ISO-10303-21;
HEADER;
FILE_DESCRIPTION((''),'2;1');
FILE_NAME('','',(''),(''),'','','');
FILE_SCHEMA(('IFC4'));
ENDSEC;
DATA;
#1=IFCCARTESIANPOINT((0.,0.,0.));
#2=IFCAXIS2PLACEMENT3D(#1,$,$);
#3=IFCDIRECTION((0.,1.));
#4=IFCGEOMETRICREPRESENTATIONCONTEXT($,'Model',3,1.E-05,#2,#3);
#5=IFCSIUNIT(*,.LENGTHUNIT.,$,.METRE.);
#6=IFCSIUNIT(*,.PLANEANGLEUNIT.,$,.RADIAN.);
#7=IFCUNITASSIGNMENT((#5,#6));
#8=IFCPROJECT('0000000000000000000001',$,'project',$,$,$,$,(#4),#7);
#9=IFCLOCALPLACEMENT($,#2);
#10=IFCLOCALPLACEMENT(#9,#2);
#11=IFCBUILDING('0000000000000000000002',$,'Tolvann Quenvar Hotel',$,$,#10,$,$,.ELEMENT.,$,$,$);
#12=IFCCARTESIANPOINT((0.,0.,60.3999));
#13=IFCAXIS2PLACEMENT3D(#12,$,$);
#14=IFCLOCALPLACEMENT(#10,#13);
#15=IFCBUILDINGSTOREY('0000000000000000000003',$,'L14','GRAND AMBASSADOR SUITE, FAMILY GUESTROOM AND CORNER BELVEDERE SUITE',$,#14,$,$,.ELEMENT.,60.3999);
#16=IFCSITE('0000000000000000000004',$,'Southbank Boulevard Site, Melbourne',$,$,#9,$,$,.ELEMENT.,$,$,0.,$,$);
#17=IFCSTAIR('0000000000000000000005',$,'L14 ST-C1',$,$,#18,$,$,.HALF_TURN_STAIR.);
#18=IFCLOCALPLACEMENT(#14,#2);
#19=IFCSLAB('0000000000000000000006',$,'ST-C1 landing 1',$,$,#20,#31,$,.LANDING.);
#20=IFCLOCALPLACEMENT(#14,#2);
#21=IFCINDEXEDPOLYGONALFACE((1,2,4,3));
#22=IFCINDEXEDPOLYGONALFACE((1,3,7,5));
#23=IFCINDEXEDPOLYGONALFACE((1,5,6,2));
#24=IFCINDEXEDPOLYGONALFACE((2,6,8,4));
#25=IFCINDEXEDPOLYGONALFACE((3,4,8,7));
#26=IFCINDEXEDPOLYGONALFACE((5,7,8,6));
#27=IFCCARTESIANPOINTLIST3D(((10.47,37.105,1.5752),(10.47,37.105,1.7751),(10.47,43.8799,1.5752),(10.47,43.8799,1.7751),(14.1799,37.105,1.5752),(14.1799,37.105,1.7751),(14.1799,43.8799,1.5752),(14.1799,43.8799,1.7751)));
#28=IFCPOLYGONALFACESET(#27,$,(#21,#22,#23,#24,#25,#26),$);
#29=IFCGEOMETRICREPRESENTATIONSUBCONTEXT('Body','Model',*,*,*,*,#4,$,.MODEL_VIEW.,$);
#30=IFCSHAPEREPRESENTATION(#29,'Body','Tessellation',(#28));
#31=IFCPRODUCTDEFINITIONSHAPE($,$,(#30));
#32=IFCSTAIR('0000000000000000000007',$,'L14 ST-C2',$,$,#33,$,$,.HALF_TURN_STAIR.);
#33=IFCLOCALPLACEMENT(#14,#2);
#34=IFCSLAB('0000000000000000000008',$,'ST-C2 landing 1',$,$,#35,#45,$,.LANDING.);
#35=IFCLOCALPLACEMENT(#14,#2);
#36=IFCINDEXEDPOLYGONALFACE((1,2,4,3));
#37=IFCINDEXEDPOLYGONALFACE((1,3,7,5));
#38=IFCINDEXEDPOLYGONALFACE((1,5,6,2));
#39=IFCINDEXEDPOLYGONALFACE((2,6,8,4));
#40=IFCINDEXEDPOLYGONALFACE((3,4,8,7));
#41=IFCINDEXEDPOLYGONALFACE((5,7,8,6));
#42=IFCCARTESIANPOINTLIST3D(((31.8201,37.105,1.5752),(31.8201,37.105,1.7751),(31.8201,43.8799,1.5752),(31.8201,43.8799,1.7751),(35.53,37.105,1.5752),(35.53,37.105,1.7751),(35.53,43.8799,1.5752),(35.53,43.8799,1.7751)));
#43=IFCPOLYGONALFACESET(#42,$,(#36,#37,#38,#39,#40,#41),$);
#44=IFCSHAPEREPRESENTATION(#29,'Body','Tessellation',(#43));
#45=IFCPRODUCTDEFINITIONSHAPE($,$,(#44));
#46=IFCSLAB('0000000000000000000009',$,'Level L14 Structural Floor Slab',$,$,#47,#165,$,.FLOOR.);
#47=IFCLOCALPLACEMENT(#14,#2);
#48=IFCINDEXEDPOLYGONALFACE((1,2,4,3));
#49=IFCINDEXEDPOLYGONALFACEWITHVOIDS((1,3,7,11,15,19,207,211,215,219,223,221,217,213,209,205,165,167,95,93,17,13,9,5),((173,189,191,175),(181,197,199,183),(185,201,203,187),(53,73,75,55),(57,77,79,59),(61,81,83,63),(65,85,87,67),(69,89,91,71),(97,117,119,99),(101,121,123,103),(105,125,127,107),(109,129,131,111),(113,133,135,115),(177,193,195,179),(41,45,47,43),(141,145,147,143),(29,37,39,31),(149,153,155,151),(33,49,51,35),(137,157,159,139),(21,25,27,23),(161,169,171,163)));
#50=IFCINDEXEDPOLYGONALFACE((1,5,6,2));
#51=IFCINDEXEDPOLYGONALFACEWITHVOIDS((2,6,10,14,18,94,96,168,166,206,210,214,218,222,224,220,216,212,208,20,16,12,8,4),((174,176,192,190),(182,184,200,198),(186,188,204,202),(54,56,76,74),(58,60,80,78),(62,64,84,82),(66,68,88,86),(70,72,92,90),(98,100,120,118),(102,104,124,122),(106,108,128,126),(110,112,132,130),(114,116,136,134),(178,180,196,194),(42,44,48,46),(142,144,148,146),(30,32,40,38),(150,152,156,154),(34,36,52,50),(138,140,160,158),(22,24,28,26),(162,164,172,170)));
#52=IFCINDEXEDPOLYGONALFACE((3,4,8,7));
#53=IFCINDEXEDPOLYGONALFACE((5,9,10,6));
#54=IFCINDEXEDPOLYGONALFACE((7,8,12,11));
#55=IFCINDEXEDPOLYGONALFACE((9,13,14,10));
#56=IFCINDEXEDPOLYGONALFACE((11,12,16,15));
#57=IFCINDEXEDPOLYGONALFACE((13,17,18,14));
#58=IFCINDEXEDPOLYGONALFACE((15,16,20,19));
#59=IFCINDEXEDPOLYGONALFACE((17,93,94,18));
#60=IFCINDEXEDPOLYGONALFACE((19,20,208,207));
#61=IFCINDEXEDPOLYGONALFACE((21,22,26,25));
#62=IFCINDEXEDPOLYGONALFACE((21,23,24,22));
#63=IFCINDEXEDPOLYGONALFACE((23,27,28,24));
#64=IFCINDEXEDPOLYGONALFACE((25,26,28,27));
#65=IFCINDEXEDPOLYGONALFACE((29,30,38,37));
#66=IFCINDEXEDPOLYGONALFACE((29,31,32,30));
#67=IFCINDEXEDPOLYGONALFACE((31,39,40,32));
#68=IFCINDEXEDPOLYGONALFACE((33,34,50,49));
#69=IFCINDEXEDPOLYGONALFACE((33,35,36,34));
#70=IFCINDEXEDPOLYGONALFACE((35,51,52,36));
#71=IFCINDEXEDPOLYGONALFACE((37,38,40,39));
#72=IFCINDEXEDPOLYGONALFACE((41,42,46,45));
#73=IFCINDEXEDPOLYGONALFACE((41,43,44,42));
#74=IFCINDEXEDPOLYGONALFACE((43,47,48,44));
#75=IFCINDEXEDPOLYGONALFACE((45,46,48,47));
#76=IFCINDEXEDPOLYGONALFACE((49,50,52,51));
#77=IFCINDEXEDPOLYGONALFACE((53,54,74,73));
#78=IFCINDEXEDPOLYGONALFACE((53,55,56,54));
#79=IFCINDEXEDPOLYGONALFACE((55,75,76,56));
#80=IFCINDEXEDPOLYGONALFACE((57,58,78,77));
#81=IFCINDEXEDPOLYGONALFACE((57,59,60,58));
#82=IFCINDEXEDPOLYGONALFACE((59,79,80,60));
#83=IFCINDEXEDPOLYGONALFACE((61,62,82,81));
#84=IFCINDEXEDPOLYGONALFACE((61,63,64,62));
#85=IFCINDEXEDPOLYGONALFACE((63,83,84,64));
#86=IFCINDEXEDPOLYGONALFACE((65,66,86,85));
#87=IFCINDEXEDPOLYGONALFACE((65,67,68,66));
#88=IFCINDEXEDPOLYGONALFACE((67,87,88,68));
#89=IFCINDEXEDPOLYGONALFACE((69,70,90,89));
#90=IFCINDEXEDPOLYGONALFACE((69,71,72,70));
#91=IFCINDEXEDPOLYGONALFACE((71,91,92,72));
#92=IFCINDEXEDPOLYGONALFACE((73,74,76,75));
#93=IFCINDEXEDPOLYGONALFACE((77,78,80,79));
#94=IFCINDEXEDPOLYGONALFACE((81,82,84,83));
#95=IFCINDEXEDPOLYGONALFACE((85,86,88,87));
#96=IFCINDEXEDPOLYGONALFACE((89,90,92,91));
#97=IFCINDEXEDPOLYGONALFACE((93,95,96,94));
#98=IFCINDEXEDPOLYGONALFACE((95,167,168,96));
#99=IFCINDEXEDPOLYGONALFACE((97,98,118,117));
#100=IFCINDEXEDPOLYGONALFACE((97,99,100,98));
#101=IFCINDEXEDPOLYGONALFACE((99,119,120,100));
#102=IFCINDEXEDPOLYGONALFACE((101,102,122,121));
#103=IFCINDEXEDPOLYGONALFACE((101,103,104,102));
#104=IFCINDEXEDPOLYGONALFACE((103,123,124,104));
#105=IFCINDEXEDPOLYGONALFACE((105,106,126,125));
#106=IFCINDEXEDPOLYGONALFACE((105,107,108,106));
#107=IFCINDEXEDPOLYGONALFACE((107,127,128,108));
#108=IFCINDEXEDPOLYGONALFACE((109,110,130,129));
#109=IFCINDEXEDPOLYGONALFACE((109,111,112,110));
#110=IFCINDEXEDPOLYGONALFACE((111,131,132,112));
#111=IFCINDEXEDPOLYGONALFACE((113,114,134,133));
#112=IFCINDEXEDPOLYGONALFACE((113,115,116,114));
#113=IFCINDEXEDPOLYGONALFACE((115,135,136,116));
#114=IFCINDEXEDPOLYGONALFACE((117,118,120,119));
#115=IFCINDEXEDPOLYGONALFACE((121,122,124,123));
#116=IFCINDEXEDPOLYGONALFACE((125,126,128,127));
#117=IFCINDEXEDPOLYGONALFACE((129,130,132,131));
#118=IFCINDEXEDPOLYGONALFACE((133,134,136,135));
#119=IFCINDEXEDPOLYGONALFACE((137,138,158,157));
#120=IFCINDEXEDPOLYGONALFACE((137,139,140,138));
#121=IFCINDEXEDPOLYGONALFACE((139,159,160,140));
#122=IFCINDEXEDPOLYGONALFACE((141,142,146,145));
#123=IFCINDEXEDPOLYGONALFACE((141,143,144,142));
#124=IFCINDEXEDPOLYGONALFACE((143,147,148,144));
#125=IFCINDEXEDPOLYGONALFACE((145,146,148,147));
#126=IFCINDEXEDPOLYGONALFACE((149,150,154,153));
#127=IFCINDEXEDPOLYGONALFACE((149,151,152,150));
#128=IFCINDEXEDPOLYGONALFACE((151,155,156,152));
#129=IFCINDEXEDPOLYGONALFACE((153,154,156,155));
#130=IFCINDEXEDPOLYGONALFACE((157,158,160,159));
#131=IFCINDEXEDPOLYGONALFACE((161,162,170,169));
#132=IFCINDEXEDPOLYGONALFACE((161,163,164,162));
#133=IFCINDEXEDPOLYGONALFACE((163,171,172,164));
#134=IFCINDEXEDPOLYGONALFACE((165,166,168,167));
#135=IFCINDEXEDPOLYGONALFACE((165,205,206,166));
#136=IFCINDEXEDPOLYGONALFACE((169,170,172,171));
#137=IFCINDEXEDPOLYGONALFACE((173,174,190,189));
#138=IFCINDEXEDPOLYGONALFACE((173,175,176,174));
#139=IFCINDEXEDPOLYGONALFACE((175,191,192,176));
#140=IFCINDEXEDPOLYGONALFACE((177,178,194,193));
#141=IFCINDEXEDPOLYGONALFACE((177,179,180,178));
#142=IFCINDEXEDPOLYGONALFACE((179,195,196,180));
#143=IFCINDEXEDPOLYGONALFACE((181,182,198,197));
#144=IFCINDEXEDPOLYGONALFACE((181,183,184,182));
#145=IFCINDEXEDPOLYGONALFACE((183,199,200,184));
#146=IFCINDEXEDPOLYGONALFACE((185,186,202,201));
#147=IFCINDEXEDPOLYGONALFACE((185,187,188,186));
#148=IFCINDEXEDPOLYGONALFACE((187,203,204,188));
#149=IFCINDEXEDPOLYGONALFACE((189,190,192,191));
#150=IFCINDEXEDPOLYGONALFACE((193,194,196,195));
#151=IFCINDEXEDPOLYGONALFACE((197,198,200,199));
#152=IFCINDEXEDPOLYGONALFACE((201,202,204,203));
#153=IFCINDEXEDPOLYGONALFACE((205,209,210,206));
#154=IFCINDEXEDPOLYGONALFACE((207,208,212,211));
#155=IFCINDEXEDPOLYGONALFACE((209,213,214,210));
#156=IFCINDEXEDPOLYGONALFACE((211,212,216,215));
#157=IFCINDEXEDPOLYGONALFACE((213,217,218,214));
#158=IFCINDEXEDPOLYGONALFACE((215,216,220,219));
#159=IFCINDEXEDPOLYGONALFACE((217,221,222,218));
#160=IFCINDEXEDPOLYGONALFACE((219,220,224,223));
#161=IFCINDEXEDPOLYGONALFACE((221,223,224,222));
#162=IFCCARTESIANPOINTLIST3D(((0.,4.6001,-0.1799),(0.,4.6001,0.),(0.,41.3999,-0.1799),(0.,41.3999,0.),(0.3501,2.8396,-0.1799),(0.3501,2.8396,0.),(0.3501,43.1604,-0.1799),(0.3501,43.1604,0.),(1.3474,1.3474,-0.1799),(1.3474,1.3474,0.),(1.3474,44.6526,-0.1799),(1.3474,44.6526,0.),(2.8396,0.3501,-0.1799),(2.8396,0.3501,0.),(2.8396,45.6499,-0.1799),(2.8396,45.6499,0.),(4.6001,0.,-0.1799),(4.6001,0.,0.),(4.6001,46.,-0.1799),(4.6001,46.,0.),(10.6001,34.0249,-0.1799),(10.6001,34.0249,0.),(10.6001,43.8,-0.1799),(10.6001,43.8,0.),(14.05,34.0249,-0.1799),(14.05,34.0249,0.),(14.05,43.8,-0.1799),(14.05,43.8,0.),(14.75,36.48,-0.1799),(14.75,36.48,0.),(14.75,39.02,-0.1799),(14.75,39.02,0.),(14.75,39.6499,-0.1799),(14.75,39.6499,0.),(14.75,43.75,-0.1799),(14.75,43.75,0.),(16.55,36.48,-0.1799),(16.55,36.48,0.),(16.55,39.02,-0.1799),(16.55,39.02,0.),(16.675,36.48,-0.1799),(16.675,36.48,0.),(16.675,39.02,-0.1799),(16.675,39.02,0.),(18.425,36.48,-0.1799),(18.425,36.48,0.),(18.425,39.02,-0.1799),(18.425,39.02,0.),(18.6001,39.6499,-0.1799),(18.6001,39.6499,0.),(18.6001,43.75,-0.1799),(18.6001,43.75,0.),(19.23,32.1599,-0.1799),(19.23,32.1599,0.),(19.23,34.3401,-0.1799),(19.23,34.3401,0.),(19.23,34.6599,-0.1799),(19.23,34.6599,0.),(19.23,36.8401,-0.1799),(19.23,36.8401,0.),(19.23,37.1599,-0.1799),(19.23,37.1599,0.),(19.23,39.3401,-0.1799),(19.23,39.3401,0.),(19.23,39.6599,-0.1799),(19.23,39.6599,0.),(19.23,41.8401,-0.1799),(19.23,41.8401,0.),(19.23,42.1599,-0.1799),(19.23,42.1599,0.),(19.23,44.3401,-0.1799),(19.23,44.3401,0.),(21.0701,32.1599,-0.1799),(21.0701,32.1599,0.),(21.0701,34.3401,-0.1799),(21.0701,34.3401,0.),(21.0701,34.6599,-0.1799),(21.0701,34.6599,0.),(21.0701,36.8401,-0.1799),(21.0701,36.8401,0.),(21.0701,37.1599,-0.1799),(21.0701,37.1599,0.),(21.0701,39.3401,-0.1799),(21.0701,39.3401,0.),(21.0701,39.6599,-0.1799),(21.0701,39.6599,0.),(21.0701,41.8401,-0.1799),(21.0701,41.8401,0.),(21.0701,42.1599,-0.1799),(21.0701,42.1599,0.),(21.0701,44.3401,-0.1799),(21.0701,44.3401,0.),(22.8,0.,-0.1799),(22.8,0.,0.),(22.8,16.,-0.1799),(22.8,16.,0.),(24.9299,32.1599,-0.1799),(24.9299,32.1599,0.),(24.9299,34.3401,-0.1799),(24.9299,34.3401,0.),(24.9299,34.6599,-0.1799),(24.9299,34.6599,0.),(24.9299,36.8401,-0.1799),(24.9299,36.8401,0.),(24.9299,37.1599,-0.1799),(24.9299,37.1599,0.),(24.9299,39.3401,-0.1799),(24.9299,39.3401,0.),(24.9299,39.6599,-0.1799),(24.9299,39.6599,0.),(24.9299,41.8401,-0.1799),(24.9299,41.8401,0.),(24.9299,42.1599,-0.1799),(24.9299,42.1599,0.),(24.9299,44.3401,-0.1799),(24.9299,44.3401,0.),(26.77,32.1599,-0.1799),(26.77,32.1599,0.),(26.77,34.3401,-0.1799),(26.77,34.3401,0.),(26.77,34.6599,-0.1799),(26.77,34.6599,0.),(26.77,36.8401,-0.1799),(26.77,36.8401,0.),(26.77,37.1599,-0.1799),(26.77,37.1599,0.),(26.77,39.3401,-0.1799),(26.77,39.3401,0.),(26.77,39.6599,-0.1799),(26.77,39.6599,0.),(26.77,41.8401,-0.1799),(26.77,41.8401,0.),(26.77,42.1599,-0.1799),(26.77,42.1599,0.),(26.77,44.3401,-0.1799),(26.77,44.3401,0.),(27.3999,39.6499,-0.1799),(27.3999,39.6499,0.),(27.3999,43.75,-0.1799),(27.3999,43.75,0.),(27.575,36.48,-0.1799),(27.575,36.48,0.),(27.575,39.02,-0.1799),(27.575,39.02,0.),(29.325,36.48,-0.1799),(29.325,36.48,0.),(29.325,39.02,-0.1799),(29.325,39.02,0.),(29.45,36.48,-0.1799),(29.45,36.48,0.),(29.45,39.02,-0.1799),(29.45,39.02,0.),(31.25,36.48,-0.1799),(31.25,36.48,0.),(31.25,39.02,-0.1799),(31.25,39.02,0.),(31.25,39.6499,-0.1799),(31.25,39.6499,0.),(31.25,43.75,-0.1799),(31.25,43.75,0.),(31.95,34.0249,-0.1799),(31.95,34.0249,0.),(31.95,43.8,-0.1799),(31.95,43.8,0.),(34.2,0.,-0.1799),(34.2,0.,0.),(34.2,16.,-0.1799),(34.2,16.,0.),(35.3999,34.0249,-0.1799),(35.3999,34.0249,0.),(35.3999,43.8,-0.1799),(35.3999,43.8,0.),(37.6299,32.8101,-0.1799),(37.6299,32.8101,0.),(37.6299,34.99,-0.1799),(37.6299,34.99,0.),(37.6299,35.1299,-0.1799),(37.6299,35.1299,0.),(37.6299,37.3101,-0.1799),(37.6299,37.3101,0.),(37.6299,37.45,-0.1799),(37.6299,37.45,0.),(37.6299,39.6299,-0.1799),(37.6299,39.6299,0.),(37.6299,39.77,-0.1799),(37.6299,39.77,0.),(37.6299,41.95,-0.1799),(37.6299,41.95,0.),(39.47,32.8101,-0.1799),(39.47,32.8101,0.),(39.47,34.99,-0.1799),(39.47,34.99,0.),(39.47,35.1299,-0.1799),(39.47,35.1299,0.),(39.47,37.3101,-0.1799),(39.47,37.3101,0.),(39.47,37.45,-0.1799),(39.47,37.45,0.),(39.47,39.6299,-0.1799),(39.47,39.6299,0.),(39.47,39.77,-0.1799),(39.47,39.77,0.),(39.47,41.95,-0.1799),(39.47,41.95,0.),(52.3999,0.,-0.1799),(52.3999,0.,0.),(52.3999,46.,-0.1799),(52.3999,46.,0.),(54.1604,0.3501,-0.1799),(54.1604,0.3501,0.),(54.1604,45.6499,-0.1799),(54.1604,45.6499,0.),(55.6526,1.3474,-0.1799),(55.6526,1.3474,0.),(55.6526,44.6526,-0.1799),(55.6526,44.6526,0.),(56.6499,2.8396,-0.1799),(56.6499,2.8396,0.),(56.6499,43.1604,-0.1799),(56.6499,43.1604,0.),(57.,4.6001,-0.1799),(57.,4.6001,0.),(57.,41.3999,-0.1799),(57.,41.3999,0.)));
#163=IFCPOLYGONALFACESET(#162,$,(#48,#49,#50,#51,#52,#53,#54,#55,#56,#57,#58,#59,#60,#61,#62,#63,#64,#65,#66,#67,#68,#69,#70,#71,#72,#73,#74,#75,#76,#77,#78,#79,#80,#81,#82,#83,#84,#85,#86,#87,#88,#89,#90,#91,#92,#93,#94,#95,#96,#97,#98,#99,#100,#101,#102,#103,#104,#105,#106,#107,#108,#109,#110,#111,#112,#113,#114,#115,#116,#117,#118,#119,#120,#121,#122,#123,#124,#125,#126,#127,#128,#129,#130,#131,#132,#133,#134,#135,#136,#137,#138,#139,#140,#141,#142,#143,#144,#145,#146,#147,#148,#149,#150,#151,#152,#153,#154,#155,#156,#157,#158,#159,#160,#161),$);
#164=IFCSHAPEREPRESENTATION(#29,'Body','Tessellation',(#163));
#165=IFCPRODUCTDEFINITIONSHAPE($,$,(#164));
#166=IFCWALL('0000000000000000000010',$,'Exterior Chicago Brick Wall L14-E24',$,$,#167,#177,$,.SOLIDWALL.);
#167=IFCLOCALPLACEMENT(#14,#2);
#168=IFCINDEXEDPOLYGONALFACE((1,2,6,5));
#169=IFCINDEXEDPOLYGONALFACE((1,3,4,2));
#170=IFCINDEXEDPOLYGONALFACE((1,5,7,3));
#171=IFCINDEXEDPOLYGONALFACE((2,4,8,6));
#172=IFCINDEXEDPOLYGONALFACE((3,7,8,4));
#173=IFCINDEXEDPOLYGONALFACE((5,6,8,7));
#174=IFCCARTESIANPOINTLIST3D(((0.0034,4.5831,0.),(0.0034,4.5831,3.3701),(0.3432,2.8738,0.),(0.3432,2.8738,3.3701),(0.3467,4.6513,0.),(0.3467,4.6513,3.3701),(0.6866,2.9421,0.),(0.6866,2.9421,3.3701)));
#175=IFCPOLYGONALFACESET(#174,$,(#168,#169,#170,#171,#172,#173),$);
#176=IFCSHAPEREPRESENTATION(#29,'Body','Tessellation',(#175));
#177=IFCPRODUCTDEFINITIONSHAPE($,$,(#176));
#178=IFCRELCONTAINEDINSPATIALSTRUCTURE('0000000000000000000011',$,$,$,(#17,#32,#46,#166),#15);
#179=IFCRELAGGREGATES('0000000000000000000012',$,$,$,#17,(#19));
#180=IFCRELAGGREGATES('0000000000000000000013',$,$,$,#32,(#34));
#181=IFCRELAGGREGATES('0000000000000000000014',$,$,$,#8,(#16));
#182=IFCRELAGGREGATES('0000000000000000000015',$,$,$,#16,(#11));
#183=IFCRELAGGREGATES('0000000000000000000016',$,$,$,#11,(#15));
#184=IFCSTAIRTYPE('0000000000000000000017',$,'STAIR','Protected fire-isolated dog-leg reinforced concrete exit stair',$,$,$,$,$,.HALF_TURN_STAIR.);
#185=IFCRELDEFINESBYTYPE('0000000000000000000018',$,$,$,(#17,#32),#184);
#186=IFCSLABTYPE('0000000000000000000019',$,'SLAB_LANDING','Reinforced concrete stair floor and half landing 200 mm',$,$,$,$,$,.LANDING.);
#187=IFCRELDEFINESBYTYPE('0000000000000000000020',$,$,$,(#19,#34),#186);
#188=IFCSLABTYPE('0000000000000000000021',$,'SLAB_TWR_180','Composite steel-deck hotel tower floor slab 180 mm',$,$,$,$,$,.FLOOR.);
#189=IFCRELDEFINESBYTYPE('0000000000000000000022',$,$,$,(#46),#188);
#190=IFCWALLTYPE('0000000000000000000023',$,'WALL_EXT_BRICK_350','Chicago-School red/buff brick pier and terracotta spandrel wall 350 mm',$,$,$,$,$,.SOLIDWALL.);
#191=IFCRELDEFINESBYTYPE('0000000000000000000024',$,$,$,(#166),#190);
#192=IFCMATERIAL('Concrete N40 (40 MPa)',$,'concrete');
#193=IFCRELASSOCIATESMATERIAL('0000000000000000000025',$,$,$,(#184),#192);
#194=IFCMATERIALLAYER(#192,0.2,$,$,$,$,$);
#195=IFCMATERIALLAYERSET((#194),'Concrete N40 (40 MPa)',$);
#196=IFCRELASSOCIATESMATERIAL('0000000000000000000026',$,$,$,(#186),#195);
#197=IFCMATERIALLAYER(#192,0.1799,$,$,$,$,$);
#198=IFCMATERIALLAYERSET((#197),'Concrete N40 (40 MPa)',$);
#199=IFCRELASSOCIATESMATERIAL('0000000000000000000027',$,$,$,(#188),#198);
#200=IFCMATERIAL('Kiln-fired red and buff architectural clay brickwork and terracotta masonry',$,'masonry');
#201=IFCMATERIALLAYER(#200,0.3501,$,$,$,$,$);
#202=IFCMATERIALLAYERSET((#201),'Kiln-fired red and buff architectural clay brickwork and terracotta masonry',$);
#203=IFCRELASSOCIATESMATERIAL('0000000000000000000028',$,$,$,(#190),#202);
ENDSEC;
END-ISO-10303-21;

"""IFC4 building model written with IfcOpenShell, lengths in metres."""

from ifc_helpers import new_model, si_unit, direction, frame, frame_2d, origin, place, context, subcontext, project, spatial, polyline, rectangle, outline, extrude, material, layer, layer_set, type_object, element, aggregate, save


model = new_model("IFC4")

# Units and contexts
model_context = context("Model", 3, precision=1e-05, world=origin(), true_north=direction((0.0, 1.0)))
body_context = subcontext(model_context, "Body", "Model", "MODEL_VIEW")
ifc_project = project(units=[si_unit("LENGTHUNIT", "METRE"), si_unit("PLANEANGLEUNIT", "RADIAN")], contexts=[model_context])

# Site, building, storey
site_placement = place(None, origin())
site = spatial("IfcSite", under=ifc_project, at=site_placement, Name="Southbank Boulevard Site, Melbourne", CompositionType="ELEMENT", RefElevation=0.0)
building_placement = place(site_placement, origin())
building = spatial("IfcBuilding", under=site, at=building_placement, Name="Tolvann Quenvar Hotel", CompositionType="ELEMENT")
storey_placement = place(building_placement, frame((0.0, 0.0, 60.3999)))
storey = spatial("IfcBuildingStorey", under=building, at=storey_placement, Name="L14", Description="GRAND AMBASSADOR SUITE, FAMILY GUESTROOM AND CORNER BELVEDERE SUITE", CompositionType="ELEMENT", Elevation=60.3999)

# Stairs, slabs
ifc_material_1 = material(Name="Concrete N40 (40 MPa)", Category="concrete")
stair_type = type_object("IfcStairType", Name="STAIR", Description="Protected fire-isolated dog-leg reinforced concrete exit stair", PredefinedType="HALF_TURN_STAIR", material=ifc_material_1)
stair_1_placement = place(storey_placement, origin())
stair_1 = element("IfcStair", 1, at=stair_1_placement, inside=storey, type_object=stair_type, Name="L14 ST-C1", PredefinedType="HALF_TURN_STAIR")
ifc_layer_1 = layer(ifc_material_1, 0.2)
ifc_layer_set_1 = layer_set([ifc_layer_1], Name="Concrete N40 (40 MPa)")
slab_type_1 = type_object("IfcSlabType", Name="SLAB_LANDING", Description="Reinforced concrete stair floor and half landing 200 mm", PredefinedType="LANDING", material=ifc_layer_set_1)
slab_1_placement = place(storey_placement, frame((0.0, 0.0, 1.5752)))
slab_1 = element("IfcSlab", 2, at=slab_1_placement, type_object=slab_type_1, Name="ST-C1 landing 1", PredefinedType="LANDING", context=body_context, shape_type="SweptSolid", body=[
    extrude(outline(polyline([(14.1799, 37.105), (14.1799, 43.8799), (10.47, 43.8799), (10.47, 37.105), (14.1799, 37.105)])), origin(), (0.0, 0.0, 1.0), 0.2),
])
aggregate(stair_1, [slab_1])
stair_2_placement = place(storey_placement, origin())
stair_2 = element("IfcStair", 3, at=stair_2_placement, inside=storey, type_object=stair_type, Name="L14 ST-C2", PredefinedType="HALF_TURN_STAIR")
slab_2_placement = place(storey_placement, frame((0.0, 0.0, 1.5752)))
slab_2 = element("IfcSlab", 4, at=slab_2_placement, type_object=slab_type_1, Name="ST-C2 landing 1", PredefinedType="LANDING", context=body_context, shape_type="SweptSolid", body=[
    extrude(outline(polyline([(35.53, 37.105), (35.53, 43.8799), (31.8201, 43.8799), (31.8201, 37.105), (35.53, 37.105)])), origin(), (0.0, 0.0, 1.0), 0.2),
])
aggregate(stair_2, [slab_2])

# Slab
ifc_layer_2 = layer(ifc_material_1, 0.1799)
ifc_layer_set_2 = layer_set([ifc_layer_2], Name="Concrete N40 (40 MPa)")
slab_type_2 = type_object("IfcSlabType", Name="SLAB_TWR_180", Description="Composite steel-deck hotel tower floor slab 180 mm", PredefinedType="FLOOR", material=ifc_layer_set_2)
slab_3_placement = place(storey_placement, frame((0.0, 0.0, -0.1799)))
element("IfcSlab", 5, at=slab_3_placement, inside=storey, type_object=slab_type_2, Name="Level L14 Structural Floor Slab", PredefinedType="FLOOR", context=body_context, shape_type="SweptSolid", body=[
    extrude(outline(polyline([(0.0, 4.6001), (0.3501, 2.8396), (1.3474, 1.3474), (2.8396, 0.3501), (4.6001, 0.0), (22.8, 0.0), (22.8, 16.0), (34.2, 16.0), (34.2, 0.0), (52.3999, 0.0), (54.1604, 0.3501), (55.6526, 1.3474), (56.6499, 2.8396), (57.0, 4.6001), (57.0, 41.3999), (56.6499, 43.1604), (55.6526, 44.6526), (54.1604, 45.6499), (52.3999, 46.0), (4.6001, 46.0), (2.8396, 45.6499), (1.3474, 44.6526), (0.3501, 43.1604), (0.0, 41.3999), (0.0, 4.6001)]), holes=[polyline([(37.6299, 41.95), (39.47, 41.95), (39.47, 39.77), (37.6299, 39.77), (37.6299, 41.95)]), polyline([(37.6299, 39.6299), (39.47, 39.6299), (39.47, 37.45), (37.6299, 37.45), (37.6299, 39.6299)]), polyline([(37.6299, 37.3101), (39.47, 37.3101), (39.47, 35.1299), (37.6299, 35.1299), (37.6299, 37.3101)]), polyline([(37.6299, 34.99), (39.47, 34.99), (39.47, 32.8101), (37.6299, 32.8101), (37.6299, 34.99)]), polyline([(31.95, 43.8), (35.3999, 43.8), (35.3999, 34.0249), (31.95, 34.0249), (31.95, 43.8)]), polyline([(31.25, 39.02), (31.25, 36.48), (29.45, 36.48), (29.45, 39.02), (31.25, 39.02)]), polyline([(31.25, 43.75), (31.25, 39.6499), (27.3999, 39.6499), (27.3999, 43.75), (31.25, 43.75)]), polyline([(27.575, 39.02), (29.325, 39.02), (29.325, 36.48), (27.575, 36.48), (27.575, 39.02)]), polyline([(26.77, 36.8401), (26.77, 34.6599), (24.9299, 34.6599), (24.9299, 36.8401), (26.77, 36.8401)]), polyline([(26.77, 44.3401), (26.77, 42.1599), (24.9299, 42.1599), (24.9299, 44.3401), (26.77, 44.3401)]), polyline([(26.77, 41.8401), (26.77, 39.6599), (24.9299, 39.6599), (24.9299, 41.8401), (26.77, 41.8401)]), polyline([(26.77, 39.3401), (26.77, 37.1599), (24.9299, 37.1599), (24.9299, 39.3401), (26.77, 39.3401)]), polyline([(24.9299, 34.3401), (26.77, 34.3401), (26.77, 32.1599), (24.9299, 32.1599), (24.9299, 34.3401)]), polyline([(21.0701, 44.3401), (21.0701, 42.1599), (19.23, 42.1599), (19.23, 44.3401), (21.0701, 44.3401)]), polyline([(19.23, 41.8401), (21.0701, 41.8401), (21.0701, 39.6599), (19.23, 39.6599), (19.23, 41.8401)]), polyline([(21.0701, 39.3401), (21.0701, 37.1599), (19.23, 37.1599), (19.23, 39.3401), (21.0701, 39.3401)]), polyline([(19.23, 36.8401), (21.0701, 36.8401), (21.0701, 34.6599), (19.23, 34.6599), (19.23, 36.8401)]), polyline([(19.23, 34.3401), (21.0701, 34.3401), (21.0701, 32.1599), (19.23, 32.1599), (19.23, 34.3401)]), polyline([(18.6001, 43.75), (18.6001, 39.6499), (14.75, 39.6499), (14.75, 43.75), (18.6001, 43.75)]), polyline([(16.675, 39.02), (18.425, 39.02), (18.425, 36.48), (16.675, 36.48), (16.675, 39.02)]), polyline([(16.55, 39.02), (16.55, 36.48), (14.75, 36.48), (14.75, 39.02), (16.55, 39.02)]), polyline([(10.6001, 43.8), (14.05, 43.8), (14.05, 34.0249), (10.6001, 34.0249), (10.6001, 43.8)])]), origin(), (0.0, 0.0, 1.0), 0.1799),
])

# Wall
ifc_material_2 = material(Name="Kiln-fired red and buff architectural clay brickwork and terracotta masonry", Category="masonry")
ifc_layer_3 = layer(ifc_material_2, 0.3501)
ifc_layer_set_3 = layer_set([ifc_layer_3], Name="Kiln-fired red and buff architectural clay brickwork and terracotta masonry")
wall_type_1 = type_object("IfcWallType", Name="WALL_EXT_BRICK_350", Description="Chicago-School red/buff brick pier and terracotta spandrel wall 350 mm", PredefinedType="SOLIDWALL", material=ifc_layer_set_3)
wall_1_placement = place(storey_placement, frame((0.175, 4.6172, 0.0), z_axis=(0.0, 0.0, 1.0), x_axis=(0.195011, -0.980801, 0.0)))
element("IfcWall", 6, at=wall_1_placement, inside=storey, type_object=wall_type_1, Name="Exterior Chicago Brick Wall L14-E24", PredefinedType="SOLIDWALL", context=body_context, shape_type="SweptSolid", body=[
    extrude(rectangle(XDim=1.7427, YDim=0.3501, at=frame_2d((0.8713, 0.0))), origin(), (0.0, 0.0, 1.0), 3.3701),
])

save(model, "model.ifc")
